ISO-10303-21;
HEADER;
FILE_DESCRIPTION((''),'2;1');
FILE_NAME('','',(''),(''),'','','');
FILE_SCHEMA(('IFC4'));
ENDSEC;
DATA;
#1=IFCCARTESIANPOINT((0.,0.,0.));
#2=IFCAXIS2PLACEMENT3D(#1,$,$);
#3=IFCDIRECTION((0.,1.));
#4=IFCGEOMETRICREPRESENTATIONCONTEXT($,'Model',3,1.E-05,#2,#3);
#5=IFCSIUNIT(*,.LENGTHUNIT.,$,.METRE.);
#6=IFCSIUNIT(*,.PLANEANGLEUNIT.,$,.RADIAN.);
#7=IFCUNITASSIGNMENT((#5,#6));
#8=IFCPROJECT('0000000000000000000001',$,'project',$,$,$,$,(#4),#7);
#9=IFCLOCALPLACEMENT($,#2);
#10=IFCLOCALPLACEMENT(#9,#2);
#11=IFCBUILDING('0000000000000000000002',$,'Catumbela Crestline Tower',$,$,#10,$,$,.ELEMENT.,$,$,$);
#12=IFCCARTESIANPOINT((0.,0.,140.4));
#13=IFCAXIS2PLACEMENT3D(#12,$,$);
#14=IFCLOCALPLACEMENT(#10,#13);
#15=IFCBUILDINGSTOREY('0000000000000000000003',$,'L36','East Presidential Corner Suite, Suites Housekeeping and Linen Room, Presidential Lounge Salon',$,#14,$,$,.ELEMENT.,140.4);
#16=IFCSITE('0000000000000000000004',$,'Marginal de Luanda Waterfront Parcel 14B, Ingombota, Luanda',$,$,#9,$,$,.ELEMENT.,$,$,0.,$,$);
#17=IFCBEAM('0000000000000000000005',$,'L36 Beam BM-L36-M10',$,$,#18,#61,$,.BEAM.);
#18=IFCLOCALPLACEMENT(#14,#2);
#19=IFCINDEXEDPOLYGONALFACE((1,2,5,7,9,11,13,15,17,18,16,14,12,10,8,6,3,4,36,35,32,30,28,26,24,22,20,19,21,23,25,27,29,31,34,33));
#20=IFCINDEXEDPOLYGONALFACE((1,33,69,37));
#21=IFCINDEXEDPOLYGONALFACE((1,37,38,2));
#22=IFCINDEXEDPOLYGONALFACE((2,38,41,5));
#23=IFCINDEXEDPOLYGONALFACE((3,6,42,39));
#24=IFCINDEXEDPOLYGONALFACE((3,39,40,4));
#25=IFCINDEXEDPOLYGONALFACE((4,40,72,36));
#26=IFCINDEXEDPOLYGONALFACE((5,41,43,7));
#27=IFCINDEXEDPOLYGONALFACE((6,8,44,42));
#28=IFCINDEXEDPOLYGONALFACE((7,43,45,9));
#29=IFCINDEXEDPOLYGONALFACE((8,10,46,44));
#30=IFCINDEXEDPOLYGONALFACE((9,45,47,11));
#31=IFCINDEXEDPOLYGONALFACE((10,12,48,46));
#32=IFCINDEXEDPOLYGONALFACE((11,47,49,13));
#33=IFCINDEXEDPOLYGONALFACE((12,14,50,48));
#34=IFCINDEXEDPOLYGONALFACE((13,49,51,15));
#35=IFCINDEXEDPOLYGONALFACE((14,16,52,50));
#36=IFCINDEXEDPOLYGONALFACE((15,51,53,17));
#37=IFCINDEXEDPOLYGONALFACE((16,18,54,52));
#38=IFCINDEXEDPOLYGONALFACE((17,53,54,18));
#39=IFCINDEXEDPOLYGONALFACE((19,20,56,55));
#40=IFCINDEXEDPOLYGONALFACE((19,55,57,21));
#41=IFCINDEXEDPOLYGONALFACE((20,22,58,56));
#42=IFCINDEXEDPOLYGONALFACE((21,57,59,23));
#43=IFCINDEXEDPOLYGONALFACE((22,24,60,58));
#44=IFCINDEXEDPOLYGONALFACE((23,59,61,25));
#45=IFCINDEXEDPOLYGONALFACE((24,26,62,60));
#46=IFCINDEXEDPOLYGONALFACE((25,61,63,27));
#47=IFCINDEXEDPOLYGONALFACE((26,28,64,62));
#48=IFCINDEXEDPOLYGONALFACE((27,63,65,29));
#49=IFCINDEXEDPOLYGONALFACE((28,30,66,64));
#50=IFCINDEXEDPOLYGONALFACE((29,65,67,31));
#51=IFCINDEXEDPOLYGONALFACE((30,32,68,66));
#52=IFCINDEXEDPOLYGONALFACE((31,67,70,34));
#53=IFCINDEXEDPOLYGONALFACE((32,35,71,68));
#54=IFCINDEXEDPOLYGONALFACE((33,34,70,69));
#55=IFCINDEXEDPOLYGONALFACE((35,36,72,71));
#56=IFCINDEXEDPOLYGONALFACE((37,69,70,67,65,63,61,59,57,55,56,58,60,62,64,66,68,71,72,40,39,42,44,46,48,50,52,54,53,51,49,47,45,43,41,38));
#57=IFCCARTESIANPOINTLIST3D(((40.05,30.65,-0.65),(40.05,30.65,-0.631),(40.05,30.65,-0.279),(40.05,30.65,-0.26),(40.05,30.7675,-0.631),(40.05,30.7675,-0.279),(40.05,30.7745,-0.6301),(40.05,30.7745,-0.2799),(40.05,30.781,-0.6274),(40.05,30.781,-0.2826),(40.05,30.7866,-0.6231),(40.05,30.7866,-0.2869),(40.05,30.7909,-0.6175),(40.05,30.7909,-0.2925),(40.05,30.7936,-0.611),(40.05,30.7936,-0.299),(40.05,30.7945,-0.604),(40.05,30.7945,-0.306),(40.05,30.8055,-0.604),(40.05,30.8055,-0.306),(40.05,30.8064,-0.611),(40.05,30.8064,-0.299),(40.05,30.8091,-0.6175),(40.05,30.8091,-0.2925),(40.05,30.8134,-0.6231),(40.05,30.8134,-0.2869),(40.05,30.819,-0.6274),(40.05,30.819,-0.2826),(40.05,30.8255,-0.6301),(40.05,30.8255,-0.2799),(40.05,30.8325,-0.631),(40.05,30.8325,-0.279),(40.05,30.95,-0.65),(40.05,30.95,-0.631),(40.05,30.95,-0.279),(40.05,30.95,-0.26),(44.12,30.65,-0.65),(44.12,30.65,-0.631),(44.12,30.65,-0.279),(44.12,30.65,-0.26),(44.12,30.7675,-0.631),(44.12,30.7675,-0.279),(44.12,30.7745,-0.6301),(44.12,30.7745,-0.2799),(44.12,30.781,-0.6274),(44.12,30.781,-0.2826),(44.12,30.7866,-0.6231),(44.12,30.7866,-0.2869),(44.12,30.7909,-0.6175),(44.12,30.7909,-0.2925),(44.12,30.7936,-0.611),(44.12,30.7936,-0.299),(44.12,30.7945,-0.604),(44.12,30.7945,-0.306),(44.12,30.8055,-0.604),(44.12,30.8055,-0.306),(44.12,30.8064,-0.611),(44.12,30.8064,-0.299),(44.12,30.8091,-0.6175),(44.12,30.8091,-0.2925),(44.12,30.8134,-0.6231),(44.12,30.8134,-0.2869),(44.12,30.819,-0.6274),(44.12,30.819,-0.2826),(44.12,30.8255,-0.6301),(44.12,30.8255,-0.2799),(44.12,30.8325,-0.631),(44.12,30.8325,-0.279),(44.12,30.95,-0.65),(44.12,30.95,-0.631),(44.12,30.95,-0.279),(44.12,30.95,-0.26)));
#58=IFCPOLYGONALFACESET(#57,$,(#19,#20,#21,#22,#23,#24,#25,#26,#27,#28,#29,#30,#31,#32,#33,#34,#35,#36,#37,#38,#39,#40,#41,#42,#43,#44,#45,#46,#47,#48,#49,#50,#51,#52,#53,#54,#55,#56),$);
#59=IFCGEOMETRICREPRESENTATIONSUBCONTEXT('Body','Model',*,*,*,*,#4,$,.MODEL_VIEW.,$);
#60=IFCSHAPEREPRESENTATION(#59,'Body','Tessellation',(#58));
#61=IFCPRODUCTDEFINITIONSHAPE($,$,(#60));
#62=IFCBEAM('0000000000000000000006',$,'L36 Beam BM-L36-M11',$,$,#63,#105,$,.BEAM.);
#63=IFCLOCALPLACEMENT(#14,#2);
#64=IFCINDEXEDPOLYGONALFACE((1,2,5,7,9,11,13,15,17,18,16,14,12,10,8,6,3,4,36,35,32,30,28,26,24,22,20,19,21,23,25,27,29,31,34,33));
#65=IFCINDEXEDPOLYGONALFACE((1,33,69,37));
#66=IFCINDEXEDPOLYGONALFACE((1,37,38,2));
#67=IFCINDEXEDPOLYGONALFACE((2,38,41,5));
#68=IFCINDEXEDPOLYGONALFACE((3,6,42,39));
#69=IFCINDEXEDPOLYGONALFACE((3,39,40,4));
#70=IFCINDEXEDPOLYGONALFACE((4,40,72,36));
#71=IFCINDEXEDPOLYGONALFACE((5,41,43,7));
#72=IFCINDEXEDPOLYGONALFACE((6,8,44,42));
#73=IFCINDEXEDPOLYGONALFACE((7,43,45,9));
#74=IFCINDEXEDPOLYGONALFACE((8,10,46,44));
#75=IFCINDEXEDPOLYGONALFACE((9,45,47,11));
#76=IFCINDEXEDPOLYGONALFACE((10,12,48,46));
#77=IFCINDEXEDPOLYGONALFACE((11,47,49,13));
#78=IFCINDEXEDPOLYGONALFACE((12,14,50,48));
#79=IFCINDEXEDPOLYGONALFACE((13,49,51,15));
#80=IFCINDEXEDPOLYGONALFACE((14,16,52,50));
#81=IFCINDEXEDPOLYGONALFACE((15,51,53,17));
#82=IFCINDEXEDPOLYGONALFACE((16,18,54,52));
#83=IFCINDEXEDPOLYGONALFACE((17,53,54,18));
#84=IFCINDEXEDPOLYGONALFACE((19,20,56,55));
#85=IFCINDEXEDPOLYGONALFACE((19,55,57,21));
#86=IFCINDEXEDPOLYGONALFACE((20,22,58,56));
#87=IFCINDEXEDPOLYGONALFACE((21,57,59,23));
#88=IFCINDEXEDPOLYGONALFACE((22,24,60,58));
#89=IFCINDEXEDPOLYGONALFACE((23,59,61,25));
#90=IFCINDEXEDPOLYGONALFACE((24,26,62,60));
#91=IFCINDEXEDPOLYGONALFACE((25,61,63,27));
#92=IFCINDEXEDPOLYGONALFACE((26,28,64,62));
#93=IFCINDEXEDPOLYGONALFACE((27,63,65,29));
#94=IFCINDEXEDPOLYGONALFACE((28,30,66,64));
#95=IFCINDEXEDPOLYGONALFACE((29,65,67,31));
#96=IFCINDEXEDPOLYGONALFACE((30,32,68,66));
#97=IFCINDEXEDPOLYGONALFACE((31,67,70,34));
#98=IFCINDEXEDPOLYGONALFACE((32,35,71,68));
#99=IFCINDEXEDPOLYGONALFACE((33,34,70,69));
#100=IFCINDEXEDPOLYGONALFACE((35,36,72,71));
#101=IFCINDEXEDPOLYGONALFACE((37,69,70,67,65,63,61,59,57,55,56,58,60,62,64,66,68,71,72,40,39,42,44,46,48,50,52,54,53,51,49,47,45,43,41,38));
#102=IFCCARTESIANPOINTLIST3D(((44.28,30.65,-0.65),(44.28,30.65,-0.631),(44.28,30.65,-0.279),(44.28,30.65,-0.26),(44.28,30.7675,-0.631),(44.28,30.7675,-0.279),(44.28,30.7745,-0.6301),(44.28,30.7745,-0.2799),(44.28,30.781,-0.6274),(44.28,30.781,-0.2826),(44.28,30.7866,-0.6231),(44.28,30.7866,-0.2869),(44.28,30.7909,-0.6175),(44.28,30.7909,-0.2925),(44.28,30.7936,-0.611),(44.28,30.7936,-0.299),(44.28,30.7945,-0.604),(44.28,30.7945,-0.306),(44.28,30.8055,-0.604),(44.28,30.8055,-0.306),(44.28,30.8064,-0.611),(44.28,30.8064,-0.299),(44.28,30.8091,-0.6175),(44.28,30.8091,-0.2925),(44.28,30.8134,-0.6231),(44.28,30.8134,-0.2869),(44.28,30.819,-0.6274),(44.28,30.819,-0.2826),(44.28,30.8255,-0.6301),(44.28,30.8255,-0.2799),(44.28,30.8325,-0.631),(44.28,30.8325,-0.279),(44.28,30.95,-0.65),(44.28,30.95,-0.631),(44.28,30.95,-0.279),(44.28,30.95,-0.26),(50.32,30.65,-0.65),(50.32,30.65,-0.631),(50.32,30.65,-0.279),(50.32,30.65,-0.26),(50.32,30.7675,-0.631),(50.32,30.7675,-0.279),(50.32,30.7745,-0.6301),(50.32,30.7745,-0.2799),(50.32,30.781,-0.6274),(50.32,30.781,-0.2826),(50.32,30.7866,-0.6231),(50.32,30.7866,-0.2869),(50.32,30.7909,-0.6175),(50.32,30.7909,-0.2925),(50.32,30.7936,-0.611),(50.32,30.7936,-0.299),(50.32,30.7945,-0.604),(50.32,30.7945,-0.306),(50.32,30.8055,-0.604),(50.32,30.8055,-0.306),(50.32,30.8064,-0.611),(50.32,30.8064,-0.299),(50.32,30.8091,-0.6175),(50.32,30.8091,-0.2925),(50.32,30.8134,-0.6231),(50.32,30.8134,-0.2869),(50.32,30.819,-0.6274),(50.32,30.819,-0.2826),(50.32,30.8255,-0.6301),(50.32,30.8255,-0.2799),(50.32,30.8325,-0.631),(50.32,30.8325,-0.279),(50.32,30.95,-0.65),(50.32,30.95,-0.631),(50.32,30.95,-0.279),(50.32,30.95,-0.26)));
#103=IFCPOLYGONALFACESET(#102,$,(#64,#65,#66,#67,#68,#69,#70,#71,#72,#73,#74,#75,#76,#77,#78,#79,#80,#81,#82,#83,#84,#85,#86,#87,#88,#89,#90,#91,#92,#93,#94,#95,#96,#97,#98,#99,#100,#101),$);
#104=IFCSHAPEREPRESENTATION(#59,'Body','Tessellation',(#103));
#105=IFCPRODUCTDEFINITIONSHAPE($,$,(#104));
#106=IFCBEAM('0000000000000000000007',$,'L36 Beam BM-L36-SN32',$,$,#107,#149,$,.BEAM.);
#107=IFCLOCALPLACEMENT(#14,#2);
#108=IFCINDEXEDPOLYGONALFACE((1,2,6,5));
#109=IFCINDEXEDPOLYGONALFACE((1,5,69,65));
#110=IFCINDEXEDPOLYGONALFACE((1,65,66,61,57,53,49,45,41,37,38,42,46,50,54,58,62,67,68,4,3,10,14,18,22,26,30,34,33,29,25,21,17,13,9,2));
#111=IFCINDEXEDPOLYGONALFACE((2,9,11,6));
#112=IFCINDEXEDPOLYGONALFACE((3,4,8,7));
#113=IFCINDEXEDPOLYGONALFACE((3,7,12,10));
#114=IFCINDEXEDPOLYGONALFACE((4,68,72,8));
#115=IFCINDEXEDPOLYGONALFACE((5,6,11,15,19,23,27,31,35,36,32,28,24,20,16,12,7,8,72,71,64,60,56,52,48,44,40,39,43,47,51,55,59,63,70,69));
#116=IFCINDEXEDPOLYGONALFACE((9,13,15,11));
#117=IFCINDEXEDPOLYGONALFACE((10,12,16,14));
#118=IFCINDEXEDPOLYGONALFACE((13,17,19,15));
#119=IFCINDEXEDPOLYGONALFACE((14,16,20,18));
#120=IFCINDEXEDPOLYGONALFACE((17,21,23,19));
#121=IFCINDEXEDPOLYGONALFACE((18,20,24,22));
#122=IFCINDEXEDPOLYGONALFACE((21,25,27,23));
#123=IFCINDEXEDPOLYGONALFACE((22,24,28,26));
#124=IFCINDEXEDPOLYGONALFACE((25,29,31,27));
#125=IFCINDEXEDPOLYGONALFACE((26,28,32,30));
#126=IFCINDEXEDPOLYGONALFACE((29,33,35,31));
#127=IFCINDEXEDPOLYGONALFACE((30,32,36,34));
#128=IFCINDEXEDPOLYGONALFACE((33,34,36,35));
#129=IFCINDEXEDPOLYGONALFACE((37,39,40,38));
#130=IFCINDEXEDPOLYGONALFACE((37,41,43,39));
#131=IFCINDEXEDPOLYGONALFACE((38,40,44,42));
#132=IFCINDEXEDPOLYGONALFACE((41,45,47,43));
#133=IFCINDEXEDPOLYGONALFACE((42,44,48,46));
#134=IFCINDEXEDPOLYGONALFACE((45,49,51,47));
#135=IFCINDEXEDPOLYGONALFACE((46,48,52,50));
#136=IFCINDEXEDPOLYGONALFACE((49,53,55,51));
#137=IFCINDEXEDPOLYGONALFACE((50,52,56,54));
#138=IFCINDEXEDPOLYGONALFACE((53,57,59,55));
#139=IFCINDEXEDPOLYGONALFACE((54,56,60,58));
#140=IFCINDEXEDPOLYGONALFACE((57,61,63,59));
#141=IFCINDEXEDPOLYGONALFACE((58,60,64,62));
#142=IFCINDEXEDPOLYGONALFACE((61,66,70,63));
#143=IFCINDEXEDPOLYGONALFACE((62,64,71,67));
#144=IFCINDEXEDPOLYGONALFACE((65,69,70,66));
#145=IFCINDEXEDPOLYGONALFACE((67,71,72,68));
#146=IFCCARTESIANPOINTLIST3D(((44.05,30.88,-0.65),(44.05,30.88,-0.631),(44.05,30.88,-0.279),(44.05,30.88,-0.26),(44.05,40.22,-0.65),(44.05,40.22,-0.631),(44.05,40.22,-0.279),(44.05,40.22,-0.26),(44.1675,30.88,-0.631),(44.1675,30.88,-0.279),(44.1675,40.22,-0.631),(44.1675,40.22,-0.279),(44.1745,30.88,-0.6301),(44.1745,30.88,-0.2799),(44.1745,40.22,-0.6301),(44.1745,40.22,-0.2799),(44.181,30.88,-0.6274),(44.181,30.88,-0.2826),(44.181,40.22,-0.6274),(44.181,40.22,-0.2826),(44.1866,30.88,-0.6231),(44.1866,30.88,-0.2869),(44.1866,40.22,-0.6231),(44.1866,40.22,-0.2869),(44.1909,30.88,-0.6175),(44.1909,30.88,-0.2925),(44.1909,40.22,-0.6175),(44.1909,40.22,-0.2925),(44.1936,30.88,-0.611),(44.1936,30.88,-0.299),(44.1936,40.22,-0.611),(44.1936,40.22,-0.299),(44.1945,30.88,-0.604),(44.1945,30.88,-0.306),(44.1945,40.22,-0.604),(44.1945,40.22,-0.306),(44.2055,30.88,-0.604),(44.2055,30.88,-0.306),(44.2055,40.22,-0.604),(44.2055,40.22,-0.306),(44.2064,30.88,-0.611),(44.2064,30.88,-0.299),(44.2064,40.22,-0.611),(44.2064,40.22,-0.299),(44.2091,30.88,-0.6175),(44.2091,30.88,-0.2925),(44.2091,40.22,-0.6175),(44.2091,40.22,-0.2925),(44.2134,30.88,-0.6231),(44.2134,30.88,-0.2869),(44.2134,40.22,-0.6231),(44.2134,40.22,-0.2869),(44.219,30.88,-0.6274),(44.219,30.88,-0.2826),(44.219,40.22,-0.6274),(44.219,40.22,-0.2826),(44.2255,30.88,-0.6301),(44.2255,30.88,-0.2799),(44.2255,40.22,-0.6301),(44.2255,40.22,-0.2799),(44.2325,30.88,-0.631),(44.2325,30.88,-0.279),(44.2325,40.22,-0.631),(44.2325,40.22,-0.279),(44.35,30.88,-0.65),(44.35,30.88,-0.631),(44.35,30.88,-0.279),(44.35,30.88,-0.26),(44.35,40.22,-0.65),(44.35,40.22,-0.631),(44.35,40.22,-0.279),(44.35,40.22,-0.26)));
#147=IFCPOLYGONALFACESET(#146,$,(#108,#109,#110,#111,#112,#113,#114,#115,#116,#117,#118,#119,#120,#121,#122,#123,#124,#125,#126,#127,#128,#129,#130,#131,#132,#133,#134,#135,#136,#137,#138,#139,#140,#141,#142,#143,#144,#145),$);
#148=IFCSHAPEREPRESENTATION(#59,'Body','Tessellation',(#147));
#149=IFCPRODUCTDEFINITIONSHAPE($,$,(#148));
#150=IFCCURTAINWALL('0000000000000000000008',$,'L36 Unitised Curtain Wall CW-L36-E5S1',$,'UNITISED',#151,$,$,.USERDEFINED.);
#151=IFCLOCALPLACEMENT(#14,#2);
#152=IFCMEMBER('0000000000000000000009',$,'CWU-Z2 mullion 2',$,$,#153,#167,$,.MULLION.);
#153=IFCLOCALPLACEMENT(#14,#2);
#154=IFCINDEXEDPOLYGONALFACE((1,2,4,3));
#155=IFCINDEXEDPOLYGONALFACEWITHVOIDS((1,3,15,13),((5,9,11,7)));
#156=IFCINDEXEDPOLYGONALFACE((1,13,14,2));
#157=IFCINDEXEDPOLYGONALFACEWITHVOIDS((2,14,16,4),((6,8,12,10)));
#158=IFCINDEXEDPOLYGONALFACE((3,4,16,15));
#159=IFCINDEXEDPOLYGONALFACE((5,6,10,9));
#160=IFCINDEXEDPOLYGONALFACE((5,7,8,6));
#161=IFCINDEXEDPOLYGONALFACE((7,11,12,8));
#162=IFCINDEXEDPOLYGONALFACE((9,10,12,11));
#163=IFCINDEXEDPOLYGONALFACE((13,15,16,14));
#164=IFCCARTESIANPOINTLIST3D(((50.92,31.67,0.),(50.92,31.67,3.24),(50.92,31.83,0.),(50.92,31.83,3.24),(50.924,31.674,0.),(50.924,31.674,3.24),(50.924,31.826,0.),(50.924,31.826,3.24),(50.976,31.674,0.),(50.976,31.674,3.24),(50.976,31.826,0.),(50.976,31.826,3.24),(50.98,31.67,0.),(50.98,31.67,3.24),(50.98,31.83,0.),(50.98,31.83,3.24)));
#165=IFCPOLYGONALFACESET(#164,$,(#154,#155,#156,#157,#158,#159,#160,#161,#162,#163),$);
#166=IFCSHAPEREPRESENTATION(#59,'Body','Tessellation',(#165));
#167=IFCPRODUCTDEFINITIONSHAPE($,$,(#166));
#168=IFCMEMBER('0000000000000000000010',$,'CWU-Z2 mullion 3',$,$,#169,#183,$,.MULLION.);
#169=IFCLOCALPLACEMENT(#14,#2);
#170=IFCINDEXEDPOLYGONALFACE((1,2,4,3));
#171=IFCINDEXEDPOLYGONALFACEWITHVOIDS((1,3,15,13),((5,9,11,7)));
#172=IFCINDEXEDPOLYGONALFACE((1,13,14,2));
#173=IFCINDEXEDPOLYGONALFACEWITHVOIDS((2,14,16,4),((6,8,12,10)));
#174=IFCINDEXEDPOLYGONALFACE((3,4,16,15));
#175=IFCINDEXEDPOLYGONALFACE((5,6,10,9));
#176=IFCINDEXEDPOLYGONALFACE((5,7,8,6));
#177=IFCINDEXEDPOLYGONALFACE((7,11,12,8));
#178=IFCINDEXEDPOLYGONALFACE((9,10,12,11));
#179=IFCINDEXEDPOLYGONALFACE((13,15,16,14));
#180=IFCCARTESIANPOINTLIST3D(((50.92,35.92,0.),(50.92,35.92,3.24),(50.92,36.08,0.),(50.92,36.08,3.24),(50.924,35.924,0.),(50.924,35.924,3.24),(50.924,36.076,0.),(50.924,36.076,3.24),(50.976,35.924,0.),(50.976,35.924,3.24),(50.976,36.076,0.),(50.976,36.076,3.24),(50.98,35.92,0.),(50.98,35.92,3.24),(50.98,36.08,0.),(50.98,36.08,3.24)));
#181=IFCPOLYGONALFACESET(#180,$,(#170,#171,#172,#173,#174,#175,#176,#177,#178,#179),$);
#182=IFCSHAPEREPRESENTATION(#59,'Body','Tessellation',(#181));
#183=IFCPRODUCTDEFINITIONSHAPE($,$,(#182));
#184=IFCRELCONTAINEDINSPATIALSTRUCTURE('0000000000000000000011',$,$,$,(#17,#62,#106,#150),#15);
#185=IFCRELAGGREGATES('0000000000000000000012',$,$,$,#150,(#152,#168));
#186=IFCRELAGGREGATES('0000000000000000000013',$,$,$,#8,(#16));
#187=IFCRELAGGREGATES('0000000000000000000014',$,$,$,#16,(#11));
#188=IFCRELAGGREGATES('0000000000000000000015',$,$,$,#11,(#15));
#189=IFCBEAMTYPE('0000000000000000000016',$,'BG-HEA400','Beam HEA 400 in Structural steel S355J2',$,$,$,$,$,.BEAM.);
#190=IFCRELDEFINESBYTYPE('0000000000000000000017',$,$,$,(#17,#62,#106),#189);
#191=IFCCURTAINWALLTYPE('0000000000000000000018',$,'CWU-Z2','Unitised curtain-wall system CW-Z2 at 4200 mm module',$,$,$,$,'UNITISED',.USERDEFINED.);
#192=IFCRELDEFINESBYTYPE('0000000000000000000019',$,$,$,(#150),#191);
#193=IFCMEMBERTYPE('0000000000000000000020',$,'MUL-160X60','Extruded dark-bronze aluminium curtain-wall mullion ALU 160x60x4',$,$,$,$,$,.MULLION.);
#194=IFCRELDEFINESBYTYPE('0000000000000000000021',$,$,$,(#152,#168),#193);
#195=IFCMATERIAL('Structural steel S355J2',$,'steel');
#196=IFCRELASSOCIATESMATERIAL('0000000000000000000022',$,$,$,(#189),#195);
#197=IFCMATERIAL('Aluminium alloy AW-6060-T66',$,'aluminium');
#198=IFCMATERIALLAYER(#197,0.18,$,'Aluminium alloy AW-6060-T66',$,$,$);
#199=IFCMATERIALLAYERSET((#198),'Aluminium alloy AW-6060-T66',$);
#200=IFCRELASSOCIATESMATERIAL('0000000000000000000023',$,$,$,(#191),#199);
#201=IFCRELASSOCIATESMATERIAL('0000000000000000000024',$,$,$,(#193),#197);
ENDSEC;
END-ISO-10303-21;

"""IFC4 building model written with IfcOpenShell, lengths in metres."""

from ifc_helpers import new_model, si_unit, direction, frame, origin, origin_2d, place, context, subcontext, project, spatial, hollow_rectangle, i_section, extrude, material, layer, layer_set, material_profile, profile_set, type_object, element, aggregate, save


model = new_model("IFC4")

# Units and contexts
model_context = context("Model", 3, precision=1e-05, world=origin(), true_north=direction((0.0, 1.0)))
body_context = subcontext(model_context, "Body", "Model", "MODEL_VIEW")
ifc_project = project(units=[si_unit("LENGTHUNIT", "METRE"), si_unit("PLANEANGLEUNIT", "RADIAN")], contexts=[model_context])

# Site, building, storey
site_placement = place(None, origin())
site = spatial("IfcSite", under=ifc_project, at=site_placement, Name="Marginal de Luanda Waterfront Parcel 14B, Ingombota, Luanda", CompositionType="ELEMENT", RefElevation=0.0)
building_placement = place(site_placement, origin())
building = spatial("IfcBuilding", under=site, at=building_placement, Name="Catumbela Crestline Tower", CompositionType="ELEMENT")
storey_placement = place(building_placement, frame((0.0, 0.0, 140.4)))
storey = spatial("IfcBuildingStorey", under=building, at=storey_placement, Name="L36", Description="East Presidential Corner Suite, Suites Housekeeping and Linen Room, Presidential Lounge Salon", CompositionType="ELEMENT", Elevation=140.4)

# Beams
ifc_material_1 = material(Name="Structural steel S355J2", Category="steel")
ifc_material_profile_1 = material_profile(ifc_material_1, i_section(OverallWidth=0.3, OverallDepth=0.39, WebThickness=0.011, FlangeThickness=0.019, FilletRadius=0.027, at=origin_2d()), Name="HEA 400")
ifc_profile_set_1 = profile_set([ifc_material_profile_1], Name="Structural steel S355J2")
beam_type_1 = type_object("IfcBeamType", Name="BG-HEA400", Description="Beam HEA 400 in Structural steel S355J2", PredefinedType="BEAM", material=ifc_profile_set_1)
beam_1_placement = place(storey_placement, frame((40.05, 30.8, -0.455), z_axis=(1.0, 0.0, 0.0), x_axis=(0.0, 1.0, 0.0)))
element("IfcBeam", 1, at=beam_1_placement, inside=storey, type_object=beam_type_1, Name="L36 Beam BM-L36-M10", PredefinedType="BEAM", context=body_context, shape_type="SweptSolid", body=[
    extrude(i_section(OverallWidth=0.3, OverallDepth=0.39, WebThickness=0.011, FlangeThickness=0.019, FilletRadius=0.027, at=origin_2d()), origin(), (0.0, 0.0, 1.0), 4.07),
])
beam_2_placement = place(storey_placement, frame((44.28, 30.8, -0.455), z_axis=(1.0, 0.0, 0.0), x_axis=(0.0, 1.0, 0.0)))
element("IfcBeam", 2, at=beam_2_placement, inside=storey, type_object=beam_type_1, Name="L36 Beam BM-L36-M11", PredefinedType="BEAM", context=body_context, shape_type="SweptSolid", body=[
    extrude(i_section(OverallWidth=0.3, OverallDepth=0.39, WebThickness=0.011, FlangeThickness=0.019, FilletRadius=0.027, at=origin_2d()), origin(), (0.0, 0.0, 1.0), 6.04),
])
beam_3_placement = place(storey_placement, frame((44.2, 30.88, -0.455), z_axis=(0.0, 1.0, 0.0), x_axis=(-1.0, 0.0, 0.0)))
element("IfcBeam", 3, at=beam_3_placement, inside=storey, type_object=beam_type_1, Name="L36 Beam BM-L36-SN32", PredefinedType="BEAM", context=body_context, shape_type="SweptSolid", body=[
    extrude(i_section(OverallWidth=0.3, OverallDepth=0.39, WebThickness=0.011, FlangeThickness=0.019, FilletRadius=0.027, at=origin_2d()), origin(), (0.0, 0.0, 1.0), 9.34),
])

# Curtain wall, members
ifc_material_2 = material(Name="Aluminium alloy AW-6060-T66", Category="aluminium")
ifc_layer_1 = layer(ifc_material_2, 0.18, Name="Aluminium alloy AW-6060-T66")
ifc_layer_set_1 = layer_set([ifc_layer_1], Name="Aluminium alloy AW-6060-T66")
curtain_wall_type = type_object("IfcCurtainWallType", Name="CWU-Z2", Description="Unitised curtain-wall system CW-Z2 at 4200 mm module", ElementType="UNITISED", PredefinedType="USERDEFINED", material=ifc_layer_set_1)
curtain_wall_placement = place(storey_placement, origin())
curtain_wall = element("IfcCurtainWall", 4, at=curtain_wall_placement, inside=storey, type_object=curtain_wall_type, Name="L36 Unitised Curtain Wall CW-L36-E5S1", ObjectType="UNITISED", PredefinedType="USERDEFINED")
ifc_material_profile_2 = material_profile(ifc_material_2, hollow_rectangle(XDim=0.06, YDim=0.16, WallThickness=0.004, at=origin_2d()), Name="ALU 160x60x4")
ifc_profile_set_2 = profile_set([ifc_material_profile_2], Name="Aluminium alloy AW-6060-T66")
member_type_1 = type_object("IfcMemberType", Name="MUL-160X60", Description="Extruded dark-bronze aluminium curtain-wall mullion ALU 160x60x4", PredefinedType="MULLION", material=ifc_profile_set_2)
member_1_placement = place(storey_placement, frame((50.95, 31.75, 0.0), z_axis=(0.0, 0.0, 1.0), x_axis=(-1.0, 0.0, 0.0)))
member_1 = element("IfcMember", 5, at=member_1_placement, type_object=member_type_1, Name="CWU-Z2 mullion 2", PredefinedType="MULLION", context=body_context, shape_type="SweptSolid", body=[
    extrude(hollow_rectangle(XDim=0.06, YDim=0.16, WallThickness=0.004, at=origin_2d()), origin(), (0.0, 0.0, 1.0), 3.24),
])
member_2_placement = place(storey_placement, frame((50.95, 36.0, 0.0), z_axis=(0.0, 0.0, 1.0), x_axis=(-1.0, 0.0, 0.0)))
member_2 = element("IfcMember", 6, at=member_2_placement, type_object=member_type_1, Name="CWU-Z2 mullion 3", PredefinedType="MULLION", context=body_context, shape_type="SweptSolid", body=[
    extrude(hollow_rectangle(XDim=0.06, YDim=0.16, WallThickness=0.004, at=origin_2d()), origin(), (0.0, 0.0, 1.0), 3.24),
])

aggregate(curtain_wall, [member_1, member_2])

save(model, "model.ifc")
